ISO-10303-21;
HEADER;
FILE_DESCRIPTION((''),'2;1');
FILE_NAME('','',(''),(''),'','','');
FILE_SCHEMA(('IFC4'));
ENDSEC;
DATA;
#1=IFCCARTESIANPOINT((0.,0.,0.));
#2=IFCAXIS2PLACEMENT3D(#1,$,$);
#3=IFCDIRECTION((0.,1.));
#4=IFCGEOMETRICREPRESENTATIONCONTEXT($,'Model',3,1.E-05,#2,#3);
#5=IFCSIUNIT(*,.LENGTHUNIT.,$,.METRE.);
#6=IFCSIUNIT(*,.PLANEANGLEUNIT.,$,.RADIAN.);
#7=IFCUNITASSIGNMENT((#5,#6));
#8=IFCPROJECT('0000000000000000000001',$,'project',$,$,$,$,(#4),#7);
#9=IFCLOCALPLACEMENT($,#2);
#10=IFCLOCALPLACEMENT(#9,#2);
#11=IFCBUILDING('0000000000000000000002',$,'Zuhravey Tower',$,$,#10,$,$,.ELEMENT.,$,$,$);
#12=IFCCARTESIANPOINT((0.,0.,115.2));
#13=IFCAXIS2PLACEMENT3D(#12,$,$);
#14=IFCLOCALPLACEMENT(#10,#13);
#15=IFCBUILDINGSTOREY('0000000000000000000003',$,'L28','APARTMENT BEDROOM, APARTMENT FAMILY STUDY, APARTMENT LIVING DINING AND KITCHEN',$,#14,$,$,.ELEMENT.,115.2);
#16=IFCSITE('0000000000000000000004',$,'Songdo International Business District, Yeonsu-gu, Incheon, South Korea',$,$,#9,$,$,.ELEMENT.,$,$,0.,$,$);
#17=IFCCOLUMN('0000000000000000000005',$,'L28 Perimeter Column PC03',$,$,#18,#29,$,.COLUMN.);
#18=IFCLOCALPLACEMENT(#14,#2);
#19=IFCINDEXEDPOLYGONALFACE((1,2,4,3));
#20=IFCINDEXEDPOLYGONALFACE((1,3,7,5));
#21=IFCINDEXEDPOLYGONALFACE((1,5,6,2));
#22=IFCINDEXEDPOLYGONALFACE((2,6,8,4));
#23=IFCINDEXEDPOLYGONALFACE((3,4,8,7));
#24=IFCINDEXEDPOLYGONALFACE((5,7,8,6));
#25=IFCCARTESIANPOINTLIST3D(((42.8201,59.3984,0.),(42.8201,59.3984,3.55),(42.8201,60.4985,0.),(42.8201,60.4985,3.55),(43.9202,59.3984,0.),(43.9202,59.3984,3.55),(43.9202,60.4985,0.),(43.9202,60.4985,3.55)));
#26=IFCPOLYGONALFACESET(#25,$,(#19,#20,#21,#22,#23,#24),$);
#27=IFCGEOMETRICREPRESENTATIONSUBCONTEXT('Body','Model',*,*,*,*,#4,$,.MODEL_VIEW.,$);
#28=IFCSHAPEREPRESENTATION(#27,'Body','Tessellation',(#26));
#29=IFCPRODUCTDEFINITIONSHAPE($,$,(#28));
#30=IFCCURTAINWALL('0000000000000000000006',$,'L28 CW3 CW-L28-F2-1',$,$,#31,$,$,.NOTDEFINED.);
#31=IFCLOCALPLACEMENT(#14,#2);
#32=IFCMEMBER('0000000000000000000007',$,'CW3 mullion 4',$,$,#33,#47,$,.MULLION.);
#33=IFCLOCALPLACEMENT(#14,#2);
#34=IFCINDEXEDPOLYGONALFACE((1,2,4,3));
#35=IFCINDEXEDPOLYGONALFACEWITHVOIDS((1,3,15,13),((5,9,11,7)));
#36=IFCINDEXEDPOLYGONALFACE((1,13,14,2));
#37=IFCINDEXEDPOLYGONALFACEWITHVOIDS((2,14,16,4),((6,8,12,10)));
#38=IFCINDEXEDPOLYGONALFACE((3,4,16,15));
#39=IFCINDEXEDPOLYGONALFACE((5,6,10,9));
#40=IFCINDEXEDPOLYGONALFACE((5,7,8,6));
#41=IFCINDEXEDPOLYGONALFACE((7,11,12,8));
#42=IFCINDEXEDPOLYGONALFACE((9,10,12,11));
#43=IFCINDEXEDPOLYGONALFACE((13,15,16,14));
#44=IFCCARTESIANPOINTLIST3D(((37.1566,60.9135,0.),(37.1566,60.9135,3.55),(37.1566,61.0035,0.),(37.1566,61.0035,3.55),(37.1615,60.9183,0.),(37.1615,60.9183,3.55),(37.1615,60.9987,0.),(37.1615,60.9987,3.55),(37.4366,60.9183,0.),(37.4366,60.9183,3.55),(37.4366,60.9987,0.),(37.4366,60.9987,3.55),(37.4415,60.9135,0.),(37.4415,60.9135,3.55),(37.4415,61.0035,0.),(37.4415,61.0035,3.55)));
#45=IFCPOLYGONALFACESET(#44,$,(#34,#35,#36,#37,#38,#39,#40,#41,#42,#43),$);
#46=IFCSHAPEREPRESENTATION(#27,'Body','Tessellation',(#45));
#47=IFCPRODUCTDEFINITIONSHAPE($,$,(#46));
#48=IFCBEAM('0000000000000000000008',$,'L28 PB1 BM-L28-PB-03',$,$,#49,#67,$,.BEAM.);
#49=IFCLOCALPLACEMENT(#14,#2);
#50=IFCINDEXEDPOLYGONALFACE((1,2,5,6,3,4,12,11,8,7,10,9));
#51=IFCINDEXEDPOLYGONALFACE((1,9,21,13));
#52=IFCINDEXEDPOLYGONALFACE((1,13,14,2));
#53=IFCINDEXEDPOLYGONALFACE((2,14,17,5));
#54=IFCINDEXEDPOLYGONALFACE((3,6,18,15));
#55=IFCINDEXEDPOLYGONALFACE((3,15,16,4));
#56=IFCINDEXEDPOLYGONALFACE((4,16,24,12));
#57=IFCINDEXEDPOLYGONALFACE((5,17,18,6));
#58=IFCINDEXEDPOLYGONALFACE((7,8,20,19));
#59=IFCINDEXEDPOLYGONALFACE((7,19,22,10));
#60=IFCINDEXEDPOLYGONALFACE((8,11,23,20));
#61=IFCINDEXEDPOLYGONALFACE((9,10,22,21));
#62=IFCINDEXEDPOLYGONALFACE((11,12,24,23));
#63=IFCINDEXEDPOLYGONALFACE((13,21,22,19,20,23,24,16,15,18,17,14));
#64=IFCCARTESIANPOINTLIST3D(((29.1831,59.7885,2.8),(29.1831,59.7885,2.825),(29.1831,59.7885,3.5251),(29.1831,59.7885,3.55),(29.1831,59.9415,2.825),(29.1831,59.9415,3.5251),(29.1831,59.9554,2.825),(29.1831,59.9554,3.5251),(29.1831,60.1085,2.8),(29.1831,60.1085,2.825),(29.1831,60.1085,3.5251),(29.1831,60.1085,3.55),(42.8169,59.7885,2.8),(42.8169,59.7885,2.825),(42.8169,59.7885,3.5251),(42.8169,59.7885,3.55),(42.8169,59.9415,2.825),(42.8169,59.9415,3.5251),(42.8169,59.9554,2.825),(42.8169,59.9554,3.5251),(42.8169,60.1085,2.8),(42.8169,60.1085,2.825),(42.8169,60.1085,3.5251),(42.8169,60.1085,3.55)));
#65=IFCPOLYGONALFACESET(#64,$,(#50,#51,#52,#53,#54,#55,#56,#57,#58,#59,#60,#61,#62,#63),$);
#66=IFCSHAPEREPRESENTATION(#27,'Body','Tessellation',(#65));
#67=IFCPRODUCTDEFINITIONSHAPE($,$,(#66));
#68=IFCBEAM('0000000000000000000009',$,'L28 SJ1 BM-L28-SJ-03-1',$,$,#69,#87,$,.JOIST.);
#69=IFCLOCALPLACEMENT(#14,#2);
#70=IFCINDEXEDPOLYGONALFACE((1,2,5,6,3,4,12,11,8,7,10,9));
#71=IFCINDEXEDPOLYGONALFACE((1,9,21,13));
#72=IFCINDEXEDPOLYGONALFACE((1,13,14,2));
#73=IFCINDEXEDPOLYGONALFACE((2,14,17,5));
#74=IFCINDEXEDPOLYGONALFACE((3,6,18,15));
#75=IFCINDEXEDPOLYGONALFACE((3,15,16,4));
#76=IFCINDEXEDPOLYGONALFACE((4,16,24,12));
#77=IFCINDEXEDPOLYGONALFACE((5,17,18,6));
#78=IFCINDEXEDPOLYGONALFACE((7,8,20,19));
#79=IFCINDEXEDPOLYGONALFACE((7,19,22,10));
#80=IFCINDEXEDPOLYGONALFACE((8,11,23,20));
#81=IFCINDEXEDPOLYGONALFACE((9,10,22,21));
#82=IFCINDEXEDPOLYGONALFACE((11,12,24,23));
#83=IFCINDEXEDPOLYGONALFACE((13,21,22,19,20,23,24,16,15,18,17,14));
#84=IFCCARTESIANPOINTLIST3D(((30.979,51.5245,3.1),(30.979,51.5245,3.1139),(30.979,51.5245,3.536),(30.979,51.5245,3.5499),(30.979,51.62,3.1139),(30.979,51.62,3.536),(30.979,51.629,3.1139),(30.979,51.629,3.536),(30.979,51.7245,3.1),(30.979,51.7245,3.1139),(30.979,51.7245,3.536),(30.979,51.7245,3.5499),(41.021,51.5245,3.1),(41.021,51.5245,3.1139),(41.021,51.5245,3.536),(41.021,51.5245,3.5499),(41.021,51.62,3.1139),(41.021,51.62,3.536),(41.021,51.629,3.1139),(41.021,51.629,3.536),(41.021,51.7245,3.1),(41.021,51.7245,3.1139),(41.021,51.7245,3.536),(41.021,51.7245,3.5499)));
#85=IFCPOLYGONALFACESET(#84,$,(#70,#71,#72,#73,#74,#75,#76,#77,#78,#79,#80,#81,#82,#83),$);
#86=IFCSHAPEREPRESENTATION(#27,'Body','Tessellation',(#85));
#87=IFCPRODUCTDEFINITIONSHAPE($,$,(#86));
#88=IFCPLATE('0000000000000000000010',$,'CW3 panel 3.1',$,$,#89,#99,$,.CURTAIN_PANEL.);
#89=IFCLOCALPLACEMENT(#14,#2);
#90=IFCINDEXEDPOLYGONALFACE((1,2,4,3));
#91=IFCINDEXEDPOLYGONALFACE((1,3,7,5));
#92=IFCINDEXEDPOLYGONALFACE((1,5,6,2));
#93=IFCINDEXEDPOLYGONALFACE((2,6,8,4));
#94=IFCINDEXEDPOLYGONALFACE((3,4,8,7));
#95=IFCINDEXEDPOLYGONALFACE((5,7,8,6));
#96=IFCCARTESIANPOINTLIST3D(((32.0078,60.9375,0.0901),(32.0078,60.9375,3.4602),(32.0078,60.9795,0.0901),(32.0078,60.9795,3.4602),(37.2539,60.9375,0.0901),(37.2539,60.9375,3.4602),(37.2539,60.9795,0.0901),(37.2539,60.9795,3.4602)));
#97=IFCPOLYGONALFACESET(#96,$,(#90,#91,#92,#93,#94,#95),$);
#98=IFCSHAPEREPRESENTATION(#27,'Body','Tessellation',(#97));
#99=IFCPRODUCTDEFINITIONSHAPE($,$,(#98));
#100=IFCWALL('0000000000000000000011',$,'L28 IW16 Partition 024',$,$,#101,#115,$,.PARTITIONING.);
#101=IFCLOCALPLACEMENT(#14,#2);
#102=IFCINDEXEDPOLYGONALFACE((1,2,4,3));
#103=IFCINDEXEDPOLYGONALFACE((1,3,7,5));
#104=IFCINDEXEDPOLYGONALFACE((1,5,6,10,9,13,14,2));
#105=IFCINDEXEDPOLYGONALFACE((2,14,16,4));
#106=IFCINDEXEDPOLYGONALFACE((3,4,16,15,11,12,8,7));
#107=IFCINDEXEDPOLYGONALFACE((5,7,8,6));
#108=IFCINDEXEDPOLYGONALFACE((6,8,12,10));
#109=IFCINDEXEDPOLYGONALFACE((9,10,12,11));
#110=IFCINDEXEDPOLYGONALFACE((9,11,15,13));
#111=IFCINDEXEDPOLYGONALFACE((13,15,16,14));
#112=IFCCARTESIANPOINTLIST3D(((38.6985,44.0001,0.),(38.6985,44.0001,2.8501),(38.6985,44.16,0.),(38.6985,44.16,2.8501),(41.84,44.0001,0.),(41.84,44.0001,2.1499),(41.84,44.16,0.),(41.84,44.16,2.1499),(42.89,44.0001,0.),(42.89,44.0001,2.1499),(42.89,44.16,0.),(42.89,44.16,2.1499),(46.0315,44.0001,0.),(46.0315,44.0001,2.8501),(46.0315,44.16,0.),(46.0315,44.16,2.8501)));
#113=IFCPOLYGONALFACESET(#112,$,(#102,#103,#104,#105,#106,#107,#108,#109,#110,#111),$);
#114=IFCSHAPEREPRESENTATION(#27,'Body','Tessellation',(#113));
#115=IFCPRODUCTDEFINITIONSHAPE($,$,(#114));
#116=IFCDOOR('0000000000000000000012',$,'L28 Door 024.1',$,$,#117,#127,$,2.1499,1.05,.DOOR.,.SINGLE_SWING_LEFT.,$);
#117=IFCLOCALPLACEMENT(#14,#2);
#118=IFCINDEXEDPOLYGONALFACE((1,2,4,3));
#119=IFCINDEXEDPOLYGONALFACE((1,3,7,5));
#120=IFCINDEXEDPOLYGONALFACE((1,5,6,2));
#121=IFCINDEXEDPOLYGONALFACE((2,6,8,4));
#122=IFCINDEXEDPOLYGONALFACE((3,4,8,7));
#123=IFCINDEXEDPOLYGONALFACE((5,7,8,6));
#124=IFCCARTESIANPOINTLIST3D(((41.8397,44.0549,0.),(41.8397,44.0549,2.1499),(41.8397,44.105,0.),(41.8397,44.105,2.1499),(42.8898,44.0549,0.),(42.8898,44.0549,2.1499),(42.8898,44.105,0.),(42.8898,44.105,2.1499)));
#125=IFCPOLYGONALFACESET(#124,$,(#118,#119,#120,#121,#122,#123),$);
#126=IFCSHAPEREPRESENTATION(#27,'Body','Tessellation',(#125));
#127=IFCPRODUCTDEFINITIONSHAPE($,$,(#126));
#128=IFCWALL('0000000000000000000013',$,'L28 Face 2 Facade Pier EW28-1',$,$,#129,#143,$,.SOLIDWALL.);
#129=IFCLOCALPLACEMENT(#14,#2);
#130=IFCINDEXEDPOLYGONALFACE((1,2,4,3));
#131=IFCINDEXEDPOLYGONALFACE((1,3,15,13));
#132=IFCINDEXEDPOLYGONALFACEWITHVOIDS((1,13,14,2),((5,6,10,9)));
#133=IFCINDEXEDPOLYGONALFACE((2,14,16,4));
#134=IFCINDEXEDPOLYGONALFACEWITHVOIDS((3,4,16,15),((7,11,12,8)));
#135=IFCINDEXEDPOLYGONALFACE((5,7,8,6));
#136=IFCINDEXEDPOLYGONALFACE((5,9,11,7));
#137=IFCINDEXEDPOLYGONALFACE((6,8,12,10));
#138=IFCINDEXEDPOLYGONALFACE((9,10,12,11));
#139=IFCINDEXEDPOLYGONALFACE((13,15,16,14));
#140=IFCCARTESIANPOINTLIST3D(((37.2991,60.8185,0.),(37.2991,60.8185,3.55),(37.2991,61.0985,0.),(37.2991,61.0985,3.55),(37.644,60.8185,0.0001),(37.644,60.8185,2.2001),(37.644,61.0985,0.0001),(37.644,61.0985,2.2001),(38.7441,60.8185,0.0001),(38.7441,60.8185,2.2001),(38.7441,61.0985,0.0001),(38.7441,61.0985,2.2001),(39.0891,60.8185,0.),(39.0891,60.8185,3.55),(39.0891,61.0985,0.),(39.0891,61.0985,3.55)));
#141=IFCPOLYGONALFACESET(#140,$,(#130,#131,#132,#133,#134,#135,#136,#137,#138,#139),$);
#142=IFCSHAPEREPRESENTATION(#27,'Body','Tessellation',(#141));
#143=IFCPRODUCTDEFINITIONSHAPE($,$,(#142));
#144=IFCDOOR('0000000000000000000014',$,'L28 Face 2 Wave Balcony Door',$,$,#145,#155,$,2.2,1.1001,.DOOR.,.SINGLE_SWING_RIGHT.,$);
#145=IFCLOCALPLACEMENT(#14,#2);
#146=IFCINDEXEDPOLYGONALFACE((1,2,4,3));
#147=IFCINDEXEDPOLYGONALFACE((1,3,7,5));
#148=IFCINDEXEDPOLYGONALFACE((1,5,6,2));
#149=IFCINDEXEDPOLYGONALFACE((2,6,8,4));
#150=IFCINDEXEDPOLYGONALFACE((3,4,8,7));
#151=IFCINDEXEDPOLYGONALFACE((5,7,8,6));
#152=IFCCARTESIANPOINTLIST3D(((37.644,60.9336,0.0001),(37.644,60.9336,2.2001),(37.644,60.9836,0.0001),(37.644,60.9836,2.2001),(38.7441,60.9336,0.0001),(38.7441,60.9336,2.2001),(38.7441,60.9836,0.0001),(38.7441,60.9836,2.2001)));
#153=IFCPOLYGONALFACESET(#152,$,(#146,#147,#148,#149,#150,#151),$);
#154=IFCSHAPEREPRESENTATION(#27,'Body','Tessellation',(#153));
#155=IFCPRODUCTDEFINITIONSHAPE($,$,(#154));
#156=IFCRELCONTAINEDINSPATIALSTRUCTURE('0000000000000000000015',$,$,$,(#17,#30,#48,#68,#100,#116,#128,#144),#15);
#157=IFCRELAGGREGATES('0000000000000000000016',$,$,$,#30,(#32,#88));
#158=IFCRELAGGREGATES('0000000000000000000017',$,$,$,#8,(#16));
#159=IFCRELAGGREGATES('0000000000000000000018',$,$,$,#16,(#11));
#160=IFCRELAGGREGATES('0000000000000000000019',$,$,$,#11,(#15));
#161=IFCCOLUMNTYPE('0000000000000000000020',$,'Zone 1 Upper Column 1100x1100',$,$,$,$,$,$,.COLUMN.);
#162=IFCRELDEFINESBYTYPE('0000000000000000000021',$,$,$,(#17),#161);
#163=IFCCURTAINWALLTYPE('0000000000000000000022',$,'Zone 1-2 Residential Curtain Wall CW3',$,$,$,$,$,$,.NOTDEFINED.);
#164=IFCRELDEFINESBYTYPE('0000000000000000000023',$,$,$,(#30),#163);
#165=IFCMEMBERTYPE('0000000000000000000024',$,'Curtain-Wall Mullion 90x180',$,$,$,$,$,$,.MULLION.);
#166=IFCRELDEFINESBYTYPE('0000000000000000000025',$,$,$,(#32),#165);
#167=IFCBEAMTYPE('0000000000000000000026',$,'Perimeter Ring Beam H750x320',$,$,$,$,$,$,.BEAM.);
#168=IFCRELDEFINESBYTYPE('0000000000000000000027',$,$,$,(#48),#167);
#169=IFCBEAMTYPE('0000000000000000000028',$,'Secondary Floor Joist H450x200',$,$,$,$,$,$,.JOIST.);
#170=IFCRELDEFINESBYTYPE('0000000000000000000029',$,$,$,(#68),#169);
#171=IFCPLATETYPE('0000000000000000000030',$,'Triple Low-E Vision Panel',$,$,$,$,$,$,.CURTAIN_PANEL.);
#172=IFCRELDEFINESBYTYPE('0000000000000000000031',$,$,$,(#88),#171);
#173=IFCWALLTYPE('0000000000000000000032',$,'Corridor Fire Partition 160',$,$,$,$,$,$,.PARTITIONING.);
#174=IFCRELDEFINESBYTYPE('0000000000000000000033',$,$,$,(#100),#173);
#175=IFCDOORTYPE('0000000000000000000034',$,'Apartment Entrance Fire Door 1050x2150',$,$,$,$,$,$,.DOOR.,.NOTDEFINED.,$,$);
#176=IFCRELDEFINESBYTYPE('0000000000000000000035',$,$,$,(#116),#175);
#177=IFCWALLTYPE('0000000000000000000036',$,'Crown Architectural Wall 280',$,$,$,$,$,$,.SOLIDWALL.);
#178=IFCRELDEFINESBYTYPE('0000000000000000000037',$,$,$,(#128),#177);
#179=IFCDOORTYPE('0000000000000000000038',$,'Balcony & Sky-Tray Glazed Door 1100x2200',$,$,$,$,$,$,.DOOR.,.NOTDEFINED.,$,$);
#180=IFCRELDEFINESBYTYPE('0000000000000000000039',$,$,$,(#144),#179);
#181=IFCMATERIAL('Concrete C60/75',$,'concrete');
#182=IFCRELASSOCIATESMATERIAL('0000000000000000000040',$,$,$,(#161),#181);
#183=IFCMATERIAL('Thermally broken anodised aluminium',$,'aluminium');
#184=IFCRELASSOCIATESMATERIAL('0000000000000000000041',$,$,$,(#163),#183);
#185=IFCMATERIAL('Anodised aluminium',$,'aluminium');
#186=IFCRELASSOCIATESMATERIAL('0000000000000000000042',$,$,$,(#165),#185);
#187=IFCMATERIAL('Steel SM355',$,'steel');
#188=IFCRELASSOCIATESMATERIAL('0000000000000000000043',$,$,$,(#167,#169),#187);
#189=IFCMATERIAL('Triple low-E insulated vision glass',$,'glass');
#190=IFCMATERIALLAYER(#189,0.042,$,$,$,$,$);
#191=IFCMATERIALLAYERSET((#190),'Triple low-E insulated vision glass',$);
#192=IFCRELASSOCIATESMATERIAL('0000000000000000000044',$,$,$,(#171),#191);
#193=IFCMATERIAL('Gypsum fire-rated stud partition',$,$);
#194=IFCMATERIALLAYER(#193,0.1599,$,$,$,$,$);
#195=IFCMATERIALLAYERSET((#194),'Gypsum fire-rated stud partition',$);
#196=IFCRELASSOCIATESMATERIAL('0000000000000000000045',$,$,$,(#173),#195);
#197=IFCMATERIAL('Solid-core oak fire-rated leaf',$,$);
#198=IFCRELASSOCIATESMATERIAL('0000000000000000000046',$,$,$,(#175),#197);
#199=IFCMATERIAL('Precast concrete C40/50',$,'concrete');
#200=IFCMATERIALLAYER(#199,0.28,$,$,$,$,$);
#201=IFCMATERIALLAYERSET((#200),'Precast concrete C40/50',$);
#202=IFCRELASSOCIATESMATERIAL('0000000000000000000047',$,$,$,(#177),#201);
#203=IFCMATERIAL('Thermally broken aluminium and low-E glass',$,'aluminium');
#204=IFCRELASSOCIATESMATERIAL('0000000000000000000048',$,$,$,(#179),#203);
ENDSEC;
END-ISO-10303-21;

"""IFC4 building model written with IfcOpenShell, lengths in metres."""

from ifc_helpers import new_model, si_unit, direction, frame, frame_2d, origin, origin_2d, place, context, subcontext, project, spatial, rectangle, hollow_rectangle, i_section, extrude, material, layer, layer_set, material_profile, profile_set, type_object, element, fill, aggregate, save


model = new_model("IFC4")

# Units and contexts
model_context = context("Model", 3, precision=1e-05, world=origin(), true_north=direction((0.0, 1.0)))
body_context = subcontext(model_context, "Body", "Model", "MODEL_VIEW")
ifc_project = project(units=[si_unit("LENGTHUNIT", "METRE"), si_unit("PLANEANGLEUNIT", "RADIAN")], contexts=[model_context])

# Site, building, storey
site_placement = place(None, origin())
site = spatial("IfcSite", under=ifc_project, at=site_placement, Name="Songdo International Business District, Yeonsu-gu, Incheon, South Korea", CompositionType="ELEMENT", RefElevation=0.0)
building_placement = place(site_placement, origin())
building = spatial("IfcBuilding", under=site, at=building_placement, Name="Zuhravey Tower", CompositionType="ELEMENT")
storey_placement = place(building_placement, frame((0.0, 0.0, 115.2)))
storey = spatial("IfcBuildingStorey", under=building, at=storey_placement, Name="L28", Description="APARTMENT BEDROOM, APARTMENT FAMILY STUDY, APARTMENT LIVING DINING AND KITCHEN", CompositionType="ELEMENT", Elevation=115.2)

# Column
ifc_material_1 = material(Name="Concrete C60/75", Category="concrete")
ifc_material_profile_1 = material_profile(ifc_material_1, rectangle(XDim=1.1001, YDim=1.1001, at=origin_2d()), Name="RC-1100x1100")
ifc_profile_set_1 = profile_set([ifc_material_profile_1], Name="Concrete C60/75")
column_type = type_object("IfcColumnType", Name="Zone 1 Upper Column 1100x1100", PredefinedType="COLUMN", material=ifc_profile_set_1)
column_placement = place(storey_placement, frame((43.3701, 59.9485, 0.0), z_axis=(0.0, 0.0, 1.0), x_axis=(-1.0, 0.0, 0.0)))
element("IfcColumn", 1, at=column_placement, inside=storey, type_object=column_type, Name="L28 Perimeter Column PC03", PredefinedType="COLUMN", context=body_context, shape_type="SweptSolid", body=[
    extrude(rectangle(XDim=1.1001, YDim=1.1001, at=origin_2d()), origin(), (0.0, 0.0, 1.0), 3.55),
])

# Curtain wall, member
ifc_material_2 = material(Name="Thermally broken anodised aluminium", Category="aluminium")
curtain_wall_type = type_object("IfcCurtainWallType", Name="Zone 1-2 Residential Curtain Wall CW3", PredefinedType="NOTDEFINED", material=ifc_material_2)
curtain_wall_placement = place(storey_placement, origin())
curtain_wall = element("IfcCurtainWall", 2, at=curtain_wall_placement, inside=storey, type_object=curtain_wall_type, Name="L28 CW3 CW-L28-F2-1", PredefinedType="NOTDEFINED")
ifc_material_3 = material(Name="Anodised aluminium", Category="aluminium")
ifc_material_profile_2 = material_profile(ifc_material_3, hollow_rectangle(XDim=0.0901, YDim=0.2849, WallThickness=0.0049, at=origin_2d()), Name="ALU-RHS-90x285x5")
ifc_profile_set_2 = profile_set([ifc_material_profile_2], Name="Anodised aluminium")
member_type = type_object("IfcMemberType", Name="Curtain-Wall Mullion 90x180", PredefinedType="MULLION", material=ifc_profile_set_2)
member_placement = place(storey_placement, frame((37.2991, 60.9585, 0.0), z_axis=(0.0, 0.0, 1.0), x_axis=(0.0, 1.0, 0.0)))
member = element("IfcMember", 3, at=member_placement, type_object=member_type, Name="CW3 mullion 4", PredefinedType="MULLION", context=body_context, shape_type="SweptSolid", body=[
    extrude(hollow_rectangle(XDim=0.0901, YDim=0.2849, WallThickness=0.0049, at=origin_2d()), origin(), (0.0, 0.0, 1.0), 3.55),
])

# Beams
ifc_material_4 = material(Name="Steel SM355", Category="steel")
ifc_material_profile_3 = material_profile(ifc_material_4, i_section(OverallWidth=0.3201, OverallDepth=0.75, WebThickness=0.0139, FlangeThickness=0.0249, at=origin_2d()), Name="H-750x320x14x25")
ifc_profile_set_3 = profile_set([ifc_material_profile_3], Name="Steel SM355")
beam_type_1 = type_object("IfcBeamType", Name="Perimeter Ring Beam H750x320", PredefinedType="BEAM", material=ifc_profile_set_3)
beam_1_placement = place(storey_placement, frame((42.8169, 59.9485, 3.175), z_axis=(-1.0, 0.0, 0.0), x_axis=(0.0, -1.0, 0.0)))
element("IfcBeam", 4, at=beam_1_placement, inside=storey, type_object=beam_type_1, Name="L28 PB1 BM-L28-PB-03", PredefinedType="BEAM", context=body_context, shape_type="SweptSolid", body=[
    extrude(i_section(OverallWidth=0.3201, OverallDepth=0.75, WebThickness=0.0139, FlangeThickness=0.0249, at=origin_2d()), origin(), (0.0, 0.0, 1.0), 13.6338),
])
ifc_material_profile_4 = material_profile(ifc_material_4, i_section(OverallWidth=0.2, OverallDepth=0.45, WebThickness=0.009, FlangeThickness=0.0139, at=origin_2d()), Name="H-450x200x9x14")
ifc_profile_set_4 = profile_set([ifc_material_profile_4], Name="Steel SM355")
beam_type_2 = type_object("IfcBeamType", Name="Secondary Floor Joist H450x200", PredefinedType="JOIST", material=ifc_profile_set_4)
beam_2_placement = place(storey_placement, frame((41.021, 51.6245, 3.325), z_axis=(-1.0, 0.0, 0.0), x_axis=(0.0, -1.0, 0.0)))
element("IfcBeam", 5, at=beam_2_placement, inside=storey, type_object=beam_type_2, Name="L28 SJ1 BM-L28-SJ-03-1", PredefinedType="JOIST", context=body_context, shape_type="SweptSolid", body=[
    extrude(i_section(OverallWidth=0.2, OverallDepth=0.45, WebThickness=0.009, FlangeThickness=0.0139, at=origin_2d()), origin(), (0.0, 0.0, 1.0), 10.042),
])

# Plate
ifc_material_5 = material(Name="Triple low-E insulated vision glass", Category="glass")
ifc_layer_1 = layer(ifc_material_5, 0.042)
ifc_layer_set_1 = layer_set([ifc_layer_1], Name="Triple low-E insulated vision glass")
plate_type = type_object("IfcPlateType", Name="Triple Low-E Vision Panel", PredefinedType="CURTAIN_PANEL", material=ifc_layer_set_1)
plate_placement = place(storey_placement, frame((34.6309, 60.9585, 0.0901), z_axis=(0.0, 0.0, 1.0), x_axis=(1.0, 0.0, 0.0)))
plate = element("IfcPlate", 6, at=plate_placement, type_object=plate_type, Name="CW3 panel 3.1", PredefinedType="CURTAIN_PANEL", context=body_context, shape_type="SweptSolid", body=[
    extrude(rectangle(XDim=5.2461, YDim=0.042, at=origin_2d()), origin(), (0.0, 0.0, 1.0), 3.3701),
])
aggregate(curtain_wall, [member, plate])

# Walls, openings, doors
ifc_material_6 = material(Name="Gypsum fire-rated stud partition")
ifc_layer_2 = layer(ifc_material_6, 0.1599)
ifc_layer_set_2 = layer_set([ifc_layer_2], Name="Gypsum fire-rated stud partition")
wall_type_1 = type_object("IfcWallType", Name="Corridor Fire Partition 160", PredefinedType="PARTITIONING", material=ifc_layer_set_2)
wall_1_placement = place(storey_placement, frame((46.0315, 44.0801, 0.0), z_axis=(0.0, 0.0, 1.0), x_axis=(-1.0, 0.0, 0.0)))
wall_1 = element("IfcWall", 7, at=wall_1_placement, inside=storey, type_object=wall_type_1, Name="L28 IW16 Partition 024", PredefinedType="PARTITIONING", context=body_context, shape_type="SweptSolid", body=[
    extrude(rectangle(XDim=7.333, YDim=0.1599, at=frame_2d((3.6665, 0.0))), origin(), (0.0, 0.0, 1.0), 2.8501),
])
opening_1_placement = place(wall_1_placement, frame((3.1416, 0.0, 0.0)))
opening_1 = element("IfcOpeningElement", 8, at=opening_1_placement, cuts=wall_1, PredefinedType="OPENING", context=body_context, shape_type="SweptSolid", body=[
    extrude(rectangle(XDim=1.05, YDim=2.1499, at=frame_2d((0.5249, 1.075))), frame((0.0, 0.092, 0.0), z_axis=(0.0, -1.0, 0.0), x_axis=(1.0, 0.0, 0.0)), (0.0, 0.0, 1.0), 0.1838),
])
ifc_material_7 = material(Name="Solid-core oak fire-rated leaf")
door_type_1 = type_object("IfcDoorType", Name="Apartment Entrance Fire Door 1050x2150", OperationType="NOTDEFINED", PredefinedType="DOOR", material=ifc_material_7)
door_1_placement = place(opening_1_placement, frame((1.05, 0.0, 0.0), z_axis=(0.0, 0.0, 1.0), x_axis=(-1.0, 0.0, 0.0)))
door_1 = element("IfcDoor", 9, at=door_1_placement, inside=storey, type_object=door_type_1, Name="L28 Door 024.1", OperationType="SINGLE_SWING_LEFT", OverallHeight=2.1499, OverallWidth=1.05, PredefinedType="DOOR", context=body_context, shape_type="SweptSolid", body=[
    extrude(rectangle(XDim=1.05, YDim=2.1499, at=frame_2d((0.5249, 1.075))), frame((0.0, 0.0249, 0.0), z_axis=(0.0, -1.0, 0.0), x_axis=(1.0, 0.0, 0.0)), (0.0, 0.0, 1.0), 0.05),
])
fill(opening_1, door_1)
ifc_material_8 = material(Name="Precast concrete C40/50", Category="concrete")
ifc_layer_3 = layer(ifc_material_8, 0.28)
ifc_layer_set_3 = layer_set([ifc_layer_3], Name="Precast concrete C40/50")
wall_type_2 = type_object("IfcWallType", Name="Crown Architectural Wall 280", PredefinedType="SOLIDWALL", material=ifc_layer_set_3)
wall_2_placement = place(storey_placement, frame((37.2991, 60.9585, 0.0), z_axis=(0.0, 0.0, 1.0), x_axis=(1.0, 0.0, 0.0)))
wall_2 = element("IfcWall", 10, at=wall_2_placement, inside=storey, type_object=wall_type_2, Name="L28 Face 2 Facade Pier EW28-1", PredefinedType="SOLIDWALL", context=body_context, shape_type="SweptSolid", body=[
    extrude(rectangle(XDim=1.79, YDim=0.28, at=frame_2d((0.895, 0.0))), origin(), (0.0, 0.0, 1.0), 3.55),
])
opening_2_placement = place(wall_2_placement, frame((0.345, 0.0, 0.0)))
opening_2 = element("IfcOpeningElement", 11, at=opening_2_placement, cuts=wall_2, PredefinedType="OPENING", context=body_context, shape_type="SweptSolid", body=[
    extrude(rectangle(XDim=1.1001, YDim=2.2, at=frame_2d((0.55, 1.1001))), frame((0.0, 0.1521, 0.0), z_axis=(0.0, -1.0, 0.0), x_axis=(1.0, 0.0, 0.0)), (0.0, 0.0, 1.0), 0.304),
])
ifc_material_9 = material(Name="Thermally broken aluminium and low-E glass", Category="aluminium")
door_type_2 = type_object("IfcDoorType", Name="Balcony & Sky-Tray Glazed Door 1100x2200", OperationType="NOTDEFINED", PredefinedType="DOOR", material=ifc_material_9)
door_2_placement = place(opening_2_placement, frame((1.1001, 0.0, 0.0), z_axis=(0.0, 0.0, 1.0), x_axis=(-1.0, 0.0, 0.0)))
door_2 = element("IfcDoor", 12, at=door_2_placement, inside=storey, type_object=door_type_2, Name="L28 Face 2 Wave Balcony Door", OperationType="SINGLE_SWING_RIGHT", OverallHeight=2.2, OverallWidth=1.1001, PredefinedType="DOOR", context=body_context, shape_type="SweptSolid", body=[
    extrude(rectangle(XDim=1.1001, YDim=2.2, at=frame_2d((0.55, 1.1001))), frame((0.0, 0.0249, 0.0), z_axis=(0.0, -1.0, 0.0), x_axis=(1.0, 0.0, 0.0)), (0.0, 0.0, 1.0), 0.05),
])
fill(opening_2, door_2)

save(model, "model.ifc")
